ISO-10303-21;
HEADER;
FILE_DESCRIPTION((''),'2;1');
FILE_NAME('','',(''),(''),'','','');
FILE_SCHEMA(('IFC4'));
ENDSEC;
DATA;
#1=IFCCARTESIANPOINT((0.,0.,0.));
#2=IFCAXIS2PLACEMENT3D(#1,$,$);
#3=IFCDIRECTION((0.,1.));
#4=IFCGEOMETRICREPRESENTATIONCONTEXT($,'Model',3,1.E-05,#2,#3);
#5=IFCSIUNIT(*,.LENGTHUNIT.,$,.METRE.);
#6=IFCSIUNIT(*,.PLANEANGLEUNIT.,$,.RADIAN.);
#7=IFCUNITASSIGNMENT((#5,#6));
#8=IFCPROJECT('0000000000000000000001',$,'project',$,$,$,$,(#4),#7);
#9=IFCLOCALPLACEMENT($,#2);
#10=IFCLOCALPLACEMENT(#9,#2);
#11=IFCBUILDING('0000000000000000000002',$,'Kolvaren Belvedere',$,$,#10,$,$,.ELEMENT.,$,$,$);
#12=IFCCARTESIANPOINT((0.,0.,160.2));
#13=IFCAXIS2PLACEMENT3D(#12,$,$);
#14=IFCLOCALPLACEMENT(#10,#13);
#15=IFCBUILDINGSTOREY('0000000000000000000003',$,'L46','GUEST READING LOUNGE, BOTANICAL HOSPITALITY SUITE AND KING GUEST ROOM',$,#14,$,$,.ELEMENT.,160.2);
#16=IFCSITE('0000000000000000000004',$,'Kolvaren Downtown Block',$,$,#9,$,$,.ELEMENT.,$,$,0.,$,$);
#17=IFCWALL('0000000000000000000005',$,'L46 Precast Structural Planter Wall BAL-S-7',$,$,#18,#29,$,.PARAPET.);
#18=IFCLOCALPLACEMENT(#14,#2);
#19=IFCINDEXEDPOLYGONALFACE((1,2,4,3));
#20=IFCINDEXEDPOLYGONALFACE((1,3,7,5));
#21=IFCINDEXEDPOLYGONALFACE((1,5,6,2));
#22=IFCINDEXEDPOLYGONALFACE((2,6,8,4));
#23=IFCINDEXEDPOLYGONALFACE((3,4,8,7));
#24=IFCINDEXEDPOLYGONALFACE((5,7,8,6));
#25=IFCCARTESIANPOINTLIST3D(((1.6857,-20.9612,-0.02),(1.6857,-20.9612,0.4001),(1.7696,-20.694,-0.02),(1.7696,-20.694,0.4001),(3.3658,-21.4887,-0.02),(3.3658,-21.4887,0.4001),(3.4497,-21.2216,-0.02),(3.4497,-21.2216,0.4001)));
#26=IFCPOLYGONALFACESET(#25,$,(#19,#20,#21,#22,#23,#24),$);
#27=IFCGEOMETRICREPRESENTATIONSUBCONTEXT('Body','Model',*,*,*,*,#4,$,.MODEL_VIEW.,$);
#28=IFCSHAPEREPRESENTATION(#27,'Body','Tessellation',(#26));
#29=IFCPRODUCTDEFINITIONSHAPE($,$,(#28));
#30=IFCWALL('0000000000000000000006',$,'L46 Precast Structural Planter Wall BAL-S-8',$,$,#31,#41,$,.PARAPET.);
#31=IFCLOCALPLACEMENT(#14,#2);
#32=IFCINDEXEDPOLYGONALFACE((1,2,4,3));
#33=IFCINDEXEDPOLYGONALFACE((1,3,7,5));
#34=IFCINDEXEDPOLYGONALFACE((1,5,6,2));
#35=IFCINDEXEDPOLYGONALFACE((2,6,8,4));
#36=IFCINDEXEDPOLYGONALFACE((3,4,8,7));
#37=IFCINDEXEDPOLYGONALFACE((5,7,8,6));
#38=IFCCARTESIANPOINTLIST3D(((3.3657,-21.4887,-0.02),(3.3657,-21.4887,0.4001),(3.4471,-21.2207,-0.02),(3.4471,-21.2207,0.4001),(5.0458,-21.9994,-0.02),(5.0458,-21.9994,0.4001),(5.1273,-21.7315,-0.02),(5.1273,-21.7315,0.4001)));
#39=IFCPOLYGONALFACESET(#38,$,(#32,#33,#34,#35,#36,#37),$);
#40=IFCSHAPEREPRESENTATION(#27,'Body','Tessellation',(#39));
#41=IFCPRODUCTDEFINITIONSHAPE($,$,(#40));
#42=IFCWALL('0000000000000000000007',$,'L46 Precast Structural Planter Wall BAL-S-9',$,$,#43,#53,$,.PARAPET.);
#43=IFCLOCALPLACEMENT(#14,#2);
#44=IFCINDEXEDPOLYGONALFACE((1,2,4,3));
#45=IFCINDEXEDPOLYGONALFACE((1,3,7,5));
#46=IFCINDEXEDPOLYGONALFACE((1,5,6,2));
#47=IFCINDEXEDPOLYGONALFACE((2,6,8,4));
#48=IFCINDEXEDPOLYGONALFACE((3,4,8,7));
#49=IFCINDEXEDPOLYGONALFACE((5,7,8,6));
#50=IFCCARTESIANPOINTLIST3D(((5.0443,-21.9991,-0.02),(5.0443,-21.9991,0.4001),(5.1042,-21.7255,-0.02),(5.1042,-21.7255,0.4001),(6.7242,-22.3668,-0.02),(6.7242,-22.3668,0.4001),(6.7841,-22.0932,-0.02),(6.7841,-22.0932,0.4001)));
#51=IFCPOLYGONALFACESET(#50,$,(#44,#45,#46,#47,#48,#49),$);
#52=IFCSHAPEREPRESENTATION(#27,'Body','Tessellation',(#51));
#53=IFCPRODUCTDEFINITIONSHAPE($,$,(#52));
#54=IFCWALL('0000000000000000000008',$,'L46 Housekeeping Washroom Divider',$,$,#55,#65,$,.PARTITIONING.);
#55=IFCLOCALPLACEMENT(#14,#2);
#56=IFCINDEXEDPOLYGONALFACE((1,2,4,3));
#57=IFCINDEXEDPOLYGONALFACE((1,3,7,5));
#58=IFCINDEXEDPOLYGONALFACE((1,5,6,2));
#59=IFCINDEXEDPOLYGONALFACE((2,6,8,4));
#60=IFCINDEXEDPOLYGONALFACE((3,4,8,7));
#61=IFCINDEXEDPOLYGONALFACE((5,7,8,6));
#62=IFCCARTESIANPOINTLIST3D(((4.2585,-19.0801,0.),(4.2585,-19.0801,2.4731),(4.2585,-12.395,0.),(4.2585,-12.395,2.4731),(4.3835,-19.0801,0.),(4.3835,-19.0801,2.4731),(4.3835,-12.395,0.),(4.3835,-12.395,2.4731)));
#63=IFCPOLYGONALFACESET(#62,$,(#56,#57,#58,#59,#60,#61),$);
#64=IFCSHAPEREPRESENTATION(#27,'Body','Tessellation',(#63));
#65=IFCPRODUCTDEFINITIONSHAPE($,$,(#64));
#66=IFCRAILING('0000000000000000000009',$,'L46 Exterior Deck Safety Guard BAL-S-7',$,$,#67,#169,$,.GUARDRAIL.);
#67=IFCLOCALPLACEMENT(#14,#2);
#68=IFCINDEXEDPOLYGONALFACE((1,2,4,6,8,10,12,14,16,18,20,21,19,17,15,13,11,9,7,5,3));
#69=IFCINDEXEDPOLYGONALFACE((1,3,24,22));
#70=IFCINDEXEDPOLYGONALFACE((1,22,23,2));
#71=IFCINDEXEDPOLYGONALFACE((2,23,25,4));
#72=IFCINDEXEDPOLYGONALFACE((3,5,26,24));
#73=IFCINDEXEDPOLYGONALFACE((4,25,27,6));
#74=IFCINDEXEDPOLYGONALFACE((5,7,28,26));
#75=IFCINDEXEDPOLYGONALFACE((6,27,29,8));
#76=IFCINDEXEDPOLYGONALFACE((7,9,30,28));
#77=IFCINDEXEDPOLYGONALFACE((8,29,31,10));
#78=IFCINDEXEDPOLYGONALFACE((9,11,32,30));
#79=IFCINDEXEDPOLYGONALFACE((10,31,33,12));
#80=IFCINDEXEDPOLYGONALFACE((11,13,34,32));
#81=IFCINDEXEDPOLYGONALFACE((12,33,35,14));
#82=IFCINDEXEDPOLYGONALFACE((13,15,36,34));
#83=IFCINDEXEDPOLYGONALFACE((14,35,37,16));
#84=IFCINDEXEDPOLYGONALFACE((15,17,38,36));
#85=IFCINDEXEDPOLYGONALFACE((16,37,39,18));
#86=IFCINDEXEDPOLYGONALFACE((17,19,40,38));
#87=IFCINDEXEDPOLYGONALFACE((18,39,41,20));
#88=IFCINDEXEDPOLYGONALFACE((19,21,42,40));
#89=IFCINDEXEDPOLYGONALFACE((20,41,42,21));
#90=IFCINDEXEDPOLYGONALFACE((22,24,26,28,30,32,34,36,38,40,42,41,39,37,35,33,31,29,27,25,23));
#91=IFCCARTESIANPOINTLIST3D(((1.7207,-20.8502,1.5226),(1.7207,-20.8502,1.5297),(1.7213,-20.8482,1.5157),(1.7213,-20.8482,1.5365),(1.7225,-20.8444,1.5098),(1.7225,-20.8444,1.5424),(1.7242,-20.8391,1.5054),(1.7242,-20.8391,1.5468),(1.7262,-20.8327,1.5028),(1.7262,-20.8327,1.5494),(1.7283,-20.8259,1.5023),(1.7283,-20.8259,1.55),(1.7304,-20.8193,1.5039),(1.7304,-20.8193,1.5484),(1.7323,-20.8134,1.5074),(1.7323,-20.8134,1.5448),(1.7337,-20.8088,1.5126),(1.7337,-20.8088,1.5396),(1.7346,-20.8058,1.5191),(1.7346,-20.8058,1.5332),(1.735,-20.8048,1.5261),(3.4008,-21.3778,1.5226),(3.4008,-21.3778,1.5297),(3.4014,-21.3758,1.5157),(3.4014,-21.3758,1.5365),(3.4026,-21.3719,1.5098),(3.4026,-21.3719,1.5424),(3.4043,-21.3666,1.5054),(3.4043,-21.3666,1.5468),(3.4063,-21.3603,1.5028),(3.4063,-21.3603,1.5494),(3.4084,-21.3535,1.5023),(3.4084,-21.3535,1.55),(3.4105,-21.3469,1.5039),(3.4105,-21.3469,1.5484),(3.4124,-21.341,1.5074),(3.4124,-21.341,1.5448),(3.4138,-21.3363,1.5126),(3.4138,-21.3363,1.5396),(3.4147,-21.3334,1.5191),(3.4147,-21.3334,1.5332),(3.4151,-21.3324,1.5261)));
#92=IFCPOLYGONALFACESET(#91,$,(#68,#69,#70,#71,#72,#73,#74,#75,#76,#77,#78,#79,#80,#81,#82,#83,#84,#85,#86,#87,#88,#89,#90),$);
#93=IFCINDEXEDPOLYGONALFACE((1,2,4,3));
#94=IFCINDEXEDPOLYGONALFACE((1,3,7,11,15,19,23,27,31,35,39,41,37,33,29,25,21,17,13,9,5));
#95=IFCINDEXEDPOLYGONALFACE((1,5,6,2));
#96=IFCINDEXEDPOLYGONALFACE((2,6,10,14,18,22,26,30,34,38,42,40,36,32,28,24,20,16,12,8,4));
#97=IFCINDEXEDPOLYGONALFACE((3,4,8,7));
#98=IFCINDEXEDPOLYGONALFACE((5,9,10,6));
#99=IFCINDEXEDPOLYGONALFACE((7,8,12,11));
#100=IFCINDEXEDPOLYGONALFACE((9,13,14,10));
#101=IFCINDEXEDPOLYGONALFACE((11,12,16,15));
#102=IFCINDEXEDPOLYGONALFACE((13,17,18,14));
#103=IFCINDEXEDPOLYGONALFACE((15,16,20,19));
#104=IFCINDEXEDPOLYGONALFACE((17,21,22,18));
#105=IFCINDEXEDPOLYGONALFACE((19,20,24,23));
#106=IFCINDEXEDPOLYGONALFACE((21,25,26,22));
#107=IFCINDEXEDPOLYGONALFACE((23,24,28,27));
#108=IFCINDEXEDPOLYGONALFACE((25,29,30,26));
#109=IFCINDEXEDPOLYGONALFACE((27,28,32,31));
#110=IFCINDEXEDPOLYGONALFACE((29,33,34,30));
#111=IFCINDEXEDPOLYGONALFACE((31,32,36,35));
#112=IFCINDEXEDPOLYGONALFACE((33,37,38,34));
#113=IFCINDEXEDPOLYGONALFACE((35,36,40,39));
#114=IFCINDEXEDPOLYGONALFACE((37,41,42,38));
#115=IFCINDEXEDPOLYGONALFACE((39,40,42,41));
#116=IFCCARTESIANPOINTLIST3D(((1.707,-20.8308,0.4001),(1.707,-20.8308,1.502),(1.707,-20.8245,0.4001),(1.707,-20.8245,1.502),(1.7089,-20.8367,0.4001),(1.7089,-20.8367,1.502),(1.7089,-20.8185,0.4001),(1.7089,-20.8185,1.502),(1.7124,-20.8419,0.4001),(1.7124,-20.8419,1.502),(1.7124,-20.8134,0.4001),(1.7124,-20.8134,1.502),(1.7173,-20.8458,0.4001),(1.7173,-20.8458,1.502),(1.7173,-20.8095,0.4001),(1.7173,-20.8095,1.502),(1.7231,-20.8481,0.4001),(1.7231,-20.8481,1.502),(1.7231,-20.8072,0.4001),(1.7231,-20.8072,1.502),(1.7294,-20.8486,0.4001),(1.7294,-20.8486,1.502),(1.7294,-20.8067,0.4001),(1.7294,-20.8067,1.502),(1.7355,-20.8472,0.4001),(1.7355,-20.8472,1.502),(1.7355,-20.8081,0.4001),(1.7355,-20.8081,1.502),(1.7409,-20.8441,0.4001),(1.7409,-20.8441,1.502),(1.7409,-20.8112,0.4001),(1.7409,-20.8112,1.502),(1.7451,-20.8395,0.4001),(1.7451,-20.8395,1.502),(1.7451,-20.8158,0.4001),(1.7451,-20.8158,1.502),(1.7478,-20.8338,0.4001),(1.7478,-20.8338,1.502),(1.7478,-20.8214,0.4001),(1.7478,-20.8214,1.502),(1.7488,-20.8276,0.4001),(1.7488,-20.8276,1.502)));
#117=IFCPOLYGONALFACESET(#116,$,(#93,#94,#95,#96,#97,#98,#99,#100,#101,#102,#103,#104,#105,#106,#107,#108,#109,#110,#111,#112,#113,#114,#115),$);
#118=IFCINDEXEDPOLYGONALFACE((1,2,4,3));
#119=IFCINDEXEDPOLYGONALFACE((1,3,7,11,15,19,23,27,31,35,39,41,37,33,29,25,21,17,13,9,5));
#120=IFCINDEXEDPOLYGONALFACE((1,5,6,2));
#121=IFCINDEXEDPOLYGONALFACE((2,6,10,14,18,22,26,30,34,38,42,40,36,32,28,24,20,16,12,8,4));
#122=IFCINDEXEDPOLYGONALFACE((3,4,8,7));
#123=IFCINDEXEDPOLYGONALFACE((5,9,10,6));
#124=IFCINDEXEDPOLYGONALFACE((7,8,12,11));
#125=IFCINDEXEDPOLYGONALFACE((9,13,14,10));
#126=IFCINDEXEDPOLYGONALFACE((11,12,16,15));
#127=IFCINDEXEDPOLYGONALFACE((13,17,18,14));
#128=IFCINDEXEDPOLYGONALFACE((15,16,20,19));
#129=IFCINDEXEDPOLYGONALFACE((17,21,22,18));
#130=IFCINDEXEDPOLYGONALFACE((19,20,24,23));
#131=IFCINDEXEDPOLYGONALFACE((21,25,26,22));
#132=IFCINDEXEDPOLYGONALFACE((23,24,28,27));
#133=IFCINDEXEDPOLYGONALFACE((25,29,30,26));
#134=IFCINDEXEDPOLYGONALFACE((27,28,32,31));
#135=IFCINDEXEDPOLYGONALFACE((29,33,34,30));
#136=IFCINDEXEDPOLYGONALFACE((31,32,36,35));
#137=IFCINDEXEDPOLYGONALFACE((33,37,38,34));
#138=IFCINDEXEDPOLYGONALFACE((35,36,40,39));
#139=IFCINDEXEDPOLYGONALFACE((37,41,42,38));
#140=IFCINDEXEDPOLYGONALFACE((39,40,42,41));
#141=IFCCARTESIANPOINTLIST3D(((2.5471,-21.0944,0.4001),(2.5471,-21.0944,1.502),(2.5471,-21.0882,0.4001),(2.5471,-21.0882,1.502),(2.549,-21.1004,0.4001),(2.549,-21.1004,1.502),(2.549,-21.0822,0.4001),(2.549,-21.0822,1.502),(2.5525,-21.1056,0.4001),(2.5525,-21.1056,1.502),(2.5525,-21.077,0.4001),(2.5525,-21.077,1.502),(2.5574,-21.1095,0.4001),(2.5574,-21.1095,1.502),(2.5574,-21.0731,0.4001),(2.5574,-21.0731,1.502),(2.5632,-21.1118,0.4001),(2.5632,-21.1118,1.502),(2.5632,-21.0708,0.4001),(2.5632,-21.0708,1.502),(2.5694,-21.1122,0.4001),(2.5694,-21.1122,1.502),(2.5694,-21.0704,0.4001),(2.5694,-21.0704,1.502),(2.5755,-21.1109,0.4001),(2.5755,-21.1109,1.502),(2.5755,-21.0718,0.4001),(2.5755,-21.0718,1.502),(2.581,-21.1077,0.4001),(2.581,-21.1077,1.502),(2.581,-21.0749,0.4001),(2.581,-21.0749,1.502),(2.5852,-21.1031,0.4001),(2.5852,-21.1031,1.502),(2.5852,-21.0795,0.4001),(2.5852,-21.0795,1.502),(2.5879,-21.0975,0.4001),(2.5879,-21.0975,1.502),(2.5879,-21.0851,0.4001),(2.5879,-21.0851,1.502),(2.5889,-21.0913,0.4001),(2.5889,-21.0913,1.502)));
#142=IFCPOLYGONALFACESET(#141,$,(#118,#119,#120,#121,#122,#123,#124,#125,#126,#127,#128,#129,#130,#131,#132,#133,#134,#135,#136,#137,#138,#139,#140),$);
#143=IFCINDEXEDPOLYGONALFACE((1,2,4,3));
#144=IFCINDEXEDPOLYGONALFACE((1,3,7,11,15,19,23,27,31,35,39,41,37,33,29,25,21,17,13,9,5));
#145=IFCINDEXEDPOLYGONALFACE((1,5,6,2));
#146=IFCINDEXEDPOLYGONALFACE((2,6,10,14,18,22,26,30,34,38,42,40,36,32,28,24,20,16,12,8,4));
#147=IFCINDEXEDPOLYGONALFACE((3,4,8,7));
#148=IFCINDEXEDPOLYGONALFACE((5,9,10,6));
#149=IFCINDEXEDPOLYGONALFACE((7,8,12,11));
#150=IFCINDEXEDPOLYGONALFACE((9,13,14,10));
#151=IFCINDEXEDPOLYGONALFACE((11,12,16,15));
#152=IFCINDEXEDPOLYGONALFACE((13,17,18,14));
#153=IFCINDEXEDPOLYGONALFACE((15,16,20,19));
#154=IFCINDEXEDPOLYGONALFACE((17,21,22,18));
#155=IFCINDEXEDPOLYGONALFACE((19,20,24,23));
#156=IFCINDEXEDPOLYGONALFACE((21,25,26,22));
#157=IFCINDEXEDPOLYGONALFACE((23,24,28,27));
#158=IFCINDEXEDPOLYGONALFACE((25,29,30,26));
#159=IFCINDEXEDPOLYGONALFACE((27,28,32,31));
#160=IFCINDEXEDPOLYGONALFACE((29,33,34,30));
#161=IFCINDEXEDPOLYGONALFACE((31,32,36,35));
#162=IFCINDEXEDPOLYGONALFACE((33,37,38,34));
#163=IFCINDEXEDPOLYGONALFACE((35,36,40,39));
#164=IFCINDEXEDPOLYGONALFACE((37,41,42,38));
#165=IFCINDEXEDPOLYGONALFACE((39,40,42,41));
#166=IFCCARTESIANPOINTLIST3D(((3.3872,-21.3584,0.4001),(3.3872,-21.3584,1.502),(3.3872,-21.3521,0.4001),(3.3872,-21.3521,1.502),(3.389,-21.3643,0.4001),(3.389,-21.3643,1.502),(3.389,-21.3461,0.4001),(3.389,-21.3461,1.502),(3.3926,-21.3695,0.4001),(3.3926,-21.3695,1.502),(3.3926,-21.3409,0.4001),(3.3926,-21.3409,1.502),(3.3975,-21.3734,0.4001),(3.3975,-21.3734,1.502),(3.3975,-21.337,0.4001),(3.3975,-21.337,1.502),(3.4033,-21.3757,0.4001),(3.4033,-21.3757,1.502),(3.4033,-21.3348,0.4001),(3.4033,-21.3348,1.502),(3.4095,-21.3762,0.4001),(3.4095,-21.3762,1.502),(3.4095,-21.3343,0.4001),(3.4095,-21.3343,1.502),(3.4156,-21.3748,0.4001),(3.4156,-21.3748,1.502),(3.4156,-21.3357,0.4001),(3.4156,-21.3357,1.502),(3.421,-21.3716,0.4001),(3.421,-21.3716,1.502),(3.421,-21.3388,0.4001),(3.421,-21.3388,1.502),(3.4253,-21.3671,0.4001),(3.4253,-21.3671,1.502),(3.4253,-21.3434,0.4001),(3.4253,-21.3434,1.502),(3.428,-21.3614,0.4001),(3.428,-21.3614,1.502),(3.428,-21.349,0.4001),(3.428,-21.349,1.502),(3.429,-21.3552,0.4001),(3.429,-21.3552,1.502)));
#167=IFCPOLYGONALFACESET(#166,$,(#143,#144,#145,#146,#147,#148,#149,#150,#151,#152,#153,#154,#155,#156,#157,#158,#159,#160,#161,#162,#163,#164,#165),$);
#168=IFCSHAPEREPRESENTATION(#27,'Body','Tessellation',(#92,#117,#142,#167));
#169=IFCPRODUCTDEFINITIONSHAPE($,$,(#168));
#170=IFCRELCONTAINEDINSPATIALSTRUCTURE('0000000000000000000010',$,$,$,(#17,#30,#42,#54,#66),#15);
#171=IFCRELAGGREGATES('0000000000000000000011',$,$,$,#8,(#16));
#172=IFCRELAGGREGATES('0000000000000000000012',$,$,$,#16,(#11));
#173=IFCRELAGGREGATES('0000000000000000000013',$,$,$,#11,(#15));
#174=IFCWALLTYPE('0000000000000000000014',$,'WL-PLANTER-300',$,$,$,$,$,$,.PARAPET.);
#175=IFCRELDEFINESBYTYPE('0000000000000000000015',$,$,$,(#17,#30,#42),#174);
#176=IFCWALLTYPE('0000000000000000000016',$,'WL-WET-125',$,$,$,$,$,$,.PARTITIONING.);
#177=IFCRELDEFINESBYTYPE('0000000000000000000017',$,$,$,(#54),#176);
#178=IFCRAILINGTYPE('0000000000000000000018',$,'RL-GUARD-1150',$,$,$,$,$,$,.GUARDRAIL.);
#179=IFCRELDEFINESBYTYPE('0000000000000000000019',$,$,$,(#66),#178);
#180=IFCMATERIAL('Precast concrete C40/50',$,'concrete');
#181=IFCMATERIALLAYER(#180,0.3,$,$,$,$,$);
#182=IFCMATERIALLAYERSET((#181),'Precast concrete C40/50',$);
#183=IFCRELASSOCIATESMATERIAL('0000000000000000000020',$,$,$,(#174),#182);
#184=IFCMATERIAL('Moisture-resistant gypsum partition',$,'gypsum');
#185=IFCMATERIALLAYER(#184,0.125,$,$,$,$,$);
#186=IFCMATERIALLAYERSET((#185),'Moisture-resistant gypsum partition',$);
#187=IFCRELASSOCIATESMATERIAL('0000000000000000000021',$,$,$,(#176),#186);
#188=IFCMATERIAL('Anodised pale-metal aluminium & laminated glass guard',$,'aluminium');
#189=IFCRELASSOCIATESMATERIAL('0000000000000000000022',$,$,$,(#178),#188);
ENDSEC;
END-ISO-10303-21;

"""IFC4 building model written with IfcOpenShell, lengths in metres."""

from ifc_helpers import new_model, si_unit, direction, frame, frame_2d, origin, origin_2d, place, context, subcontext, project, spatial, rectangle, circle, extrude, material, layer, layer_set, type_object, element, save


model = new_model("IFC4")

# Units and contexts
model_context = context("Model", 3, precision=1e-05, world=origin(), true_north=direction((0.0, 1.0)))
body_context = subcontext(model_context, "Body", "Model", "MODEL_VIEW")
ifc_project = project(units=[si_unit("LENGTHUNIT", "METRE"), si_unit("PLANEANGLEUNIT", "RADIAN")], contexts=[model_context])

# Site, building, storey
site_placement = place(None, origin())
site = spatial("IfcSite", under=ifc_project, at=site_placement, Name="Kolvaren Downtown Block", CompositionType="ELEMENT", RefElevation=0.0)
building_placement = place(site_placement, origin())
building = spatial("IfcBuilding", under=site, at=building_placement, Name="Kolvaren Belvedere", CompositionType="ELEMENT")
storey_placement = place(building_placement, frame((0.0, 0.0, 160.2)))
storey = spatial("IfcBuildingStorey", under=building, at=storey_placement, Name="L46", Description="GUEST READING LOUNGE, BOTANICAL HOSPITALITY SUITE AND KING GUEST ROOM", CompositionType="ELEMENT", Elevation=160.2)

# Walls
ifc_material_1 = material(Name="Precast concrete C40/50", Category="concrete")
ifc_layer_1 = layer(ifc_material_1, 0.3)
ifc_layer_set_1 = layer_set([ifc_layer_1], Name="Precast concrete C40/50")
wall_type_1 = type_object("IfcWallType", Name="WL-PLANTER-300", PredefinedType="PARAPET", material=ifc_layer_set_1)
wall_1_placement = place(storey_placement, frame((1.7278, -20.8276, -0.02), z_axis=(0.0, 0.0, 1.0), x_axis=(0.95407, -0.299585, 0.0)))
element("IfcWall", 1, at=wall_1_placement, inside=storey, type_object=wall_type_1, Name="L46 Precast Structural Planter Wall BAL-S-7", PredefinedType="PARAPET", context=body_context, shape_type="SweptSolid", body=[
    extrude(rectangle(XDim=1.761, YDim=0.28, at=frame_2d((0.8804, 0.0))), origin(), (0.0, 0.0, 1.0), 0.4202),
])
wall_2_placement = place(storey_placement, frame((3.4065, -21.3547, -0.02), z_axis=(0.0, 0.0, 1.0), x_axis=(0.956771, -0.290841, 0.0)))
element("IfcWall", 2, at=wall_2_placement, inside=storey, type_object=wall_type_1, Name="L46 Precast Structural Planter Wall BAL-S-8", PredefinedType="PARAPET", context=body_context, shape_type="SweptSolid", body=[
    extrude(rectangle(XDim=1.7561, YDim=0.28, at=frame_2d((0.8779, 0.0))), origin(), (0.0, 0.0, 1.0), 0.4202),
])
wall_3_placement = place(storey_placement, frame((5.0742, -21.8623, -0.02), z_axis=(0.0, 0.0, 1.0), x_axis=(0.976877, -0.213803, 0.0)))
element("IfcWall", 3, at=wall_3_placement, inside=storey, type_object=wall_type_1, Name="L46 Precast Structural Planter Wall BAL-S-9", PredefinedType="PARAPET", context=body_context, shape_type="SweptSolid", body=[
    extrude(rectangle(XDim=1.7197, YDim=0.28, at=frame_2d((0.8599, 0.0))), origin(), (0.0, 0.0, 1.0), 0.4202),
])
ifc_material_2 = material(Name="Moisture-resistant gypsum partition", Category="gypsum")
ifc_layer_2 = layer(ifc_material_2, 0.125)
ifc_layer_set_2 = layer_set([ifc_layer_2], Name="Moisture-resistant gypsum partition")
wall_type_2 = type_object("IfcWallType", Name="WL-WET-125", PredefinedType="PARTITIONING", material=ifc_layer_set_2)
wall_4_placement = place(storey_placement, frame((4.321, -19.0801, 0.0), z_axis=(0.0, 0.0, 1.0), x_axis=(0.0, 1.0, 0.0)))
element("IfcWall", 4, at=wall_4_placement, inside=storey, type_object=wall_type_2, Name="L46 Housekeeping Washroom Divider", PredefinedType="PARTITIONING", context=body_context, shape_type="SweptSolid", body=[
    extrude(rectangle(XDim=6.6851, YDim=0.125, at=frame_2d((3.3425, 0.0))), origin(), (0.0, 0.0, 1.0), 2.4731),
])

# Railing
ifc_material_3 = material(Name="Anodised pale-metal aluminium & laminated glass guard", Category="aluminium")
railing_type = type_object("IfcRailingType", Name="RL-GUARD-1150", PredefinedType="GUARDRAIL", material=ifc_material_3)
railing_1_placement = place(storey_placement, frame((1.7278, -20.8276, 0.4001)))
element("IfcRailing", 5, at=railing_1_placement, inside=storey, type_object=railing_type, Name="L46 Exterior Deck Safety Guard BAL-S-7", PredefinedType="GUARDRAIL", context=body_context, shape_type="SweptSolid", body=[
    extrude(circle(Radius=0.0239, at=origin_2d()), frame((0.0, 0.0, 1.126), z_axis=(0.95407, -0.299585, 0.0), x_axis=(0.299585, 0.95407, 0.0)), (0.0, 0.0, 1.0), 1.761),
    extrude(circle(Radius=0.021, at=origin_2d()), origin(), (0.0, 0.0, 1.0), 1.1018),
    extrude(circle(Radius=0.021, at=origin_2d()), frame((0.8401, -0.2637, 0.0)), (0.0, 0.0, 1.0), 1.1018),
    extrude(circle(Radius=0.021, at=origin_2d()), frame((1.6802, -0.5276, 0.0)), (0.0, 0.0, 1.0), 1.1018),
])

save(model, "model.ifc")
